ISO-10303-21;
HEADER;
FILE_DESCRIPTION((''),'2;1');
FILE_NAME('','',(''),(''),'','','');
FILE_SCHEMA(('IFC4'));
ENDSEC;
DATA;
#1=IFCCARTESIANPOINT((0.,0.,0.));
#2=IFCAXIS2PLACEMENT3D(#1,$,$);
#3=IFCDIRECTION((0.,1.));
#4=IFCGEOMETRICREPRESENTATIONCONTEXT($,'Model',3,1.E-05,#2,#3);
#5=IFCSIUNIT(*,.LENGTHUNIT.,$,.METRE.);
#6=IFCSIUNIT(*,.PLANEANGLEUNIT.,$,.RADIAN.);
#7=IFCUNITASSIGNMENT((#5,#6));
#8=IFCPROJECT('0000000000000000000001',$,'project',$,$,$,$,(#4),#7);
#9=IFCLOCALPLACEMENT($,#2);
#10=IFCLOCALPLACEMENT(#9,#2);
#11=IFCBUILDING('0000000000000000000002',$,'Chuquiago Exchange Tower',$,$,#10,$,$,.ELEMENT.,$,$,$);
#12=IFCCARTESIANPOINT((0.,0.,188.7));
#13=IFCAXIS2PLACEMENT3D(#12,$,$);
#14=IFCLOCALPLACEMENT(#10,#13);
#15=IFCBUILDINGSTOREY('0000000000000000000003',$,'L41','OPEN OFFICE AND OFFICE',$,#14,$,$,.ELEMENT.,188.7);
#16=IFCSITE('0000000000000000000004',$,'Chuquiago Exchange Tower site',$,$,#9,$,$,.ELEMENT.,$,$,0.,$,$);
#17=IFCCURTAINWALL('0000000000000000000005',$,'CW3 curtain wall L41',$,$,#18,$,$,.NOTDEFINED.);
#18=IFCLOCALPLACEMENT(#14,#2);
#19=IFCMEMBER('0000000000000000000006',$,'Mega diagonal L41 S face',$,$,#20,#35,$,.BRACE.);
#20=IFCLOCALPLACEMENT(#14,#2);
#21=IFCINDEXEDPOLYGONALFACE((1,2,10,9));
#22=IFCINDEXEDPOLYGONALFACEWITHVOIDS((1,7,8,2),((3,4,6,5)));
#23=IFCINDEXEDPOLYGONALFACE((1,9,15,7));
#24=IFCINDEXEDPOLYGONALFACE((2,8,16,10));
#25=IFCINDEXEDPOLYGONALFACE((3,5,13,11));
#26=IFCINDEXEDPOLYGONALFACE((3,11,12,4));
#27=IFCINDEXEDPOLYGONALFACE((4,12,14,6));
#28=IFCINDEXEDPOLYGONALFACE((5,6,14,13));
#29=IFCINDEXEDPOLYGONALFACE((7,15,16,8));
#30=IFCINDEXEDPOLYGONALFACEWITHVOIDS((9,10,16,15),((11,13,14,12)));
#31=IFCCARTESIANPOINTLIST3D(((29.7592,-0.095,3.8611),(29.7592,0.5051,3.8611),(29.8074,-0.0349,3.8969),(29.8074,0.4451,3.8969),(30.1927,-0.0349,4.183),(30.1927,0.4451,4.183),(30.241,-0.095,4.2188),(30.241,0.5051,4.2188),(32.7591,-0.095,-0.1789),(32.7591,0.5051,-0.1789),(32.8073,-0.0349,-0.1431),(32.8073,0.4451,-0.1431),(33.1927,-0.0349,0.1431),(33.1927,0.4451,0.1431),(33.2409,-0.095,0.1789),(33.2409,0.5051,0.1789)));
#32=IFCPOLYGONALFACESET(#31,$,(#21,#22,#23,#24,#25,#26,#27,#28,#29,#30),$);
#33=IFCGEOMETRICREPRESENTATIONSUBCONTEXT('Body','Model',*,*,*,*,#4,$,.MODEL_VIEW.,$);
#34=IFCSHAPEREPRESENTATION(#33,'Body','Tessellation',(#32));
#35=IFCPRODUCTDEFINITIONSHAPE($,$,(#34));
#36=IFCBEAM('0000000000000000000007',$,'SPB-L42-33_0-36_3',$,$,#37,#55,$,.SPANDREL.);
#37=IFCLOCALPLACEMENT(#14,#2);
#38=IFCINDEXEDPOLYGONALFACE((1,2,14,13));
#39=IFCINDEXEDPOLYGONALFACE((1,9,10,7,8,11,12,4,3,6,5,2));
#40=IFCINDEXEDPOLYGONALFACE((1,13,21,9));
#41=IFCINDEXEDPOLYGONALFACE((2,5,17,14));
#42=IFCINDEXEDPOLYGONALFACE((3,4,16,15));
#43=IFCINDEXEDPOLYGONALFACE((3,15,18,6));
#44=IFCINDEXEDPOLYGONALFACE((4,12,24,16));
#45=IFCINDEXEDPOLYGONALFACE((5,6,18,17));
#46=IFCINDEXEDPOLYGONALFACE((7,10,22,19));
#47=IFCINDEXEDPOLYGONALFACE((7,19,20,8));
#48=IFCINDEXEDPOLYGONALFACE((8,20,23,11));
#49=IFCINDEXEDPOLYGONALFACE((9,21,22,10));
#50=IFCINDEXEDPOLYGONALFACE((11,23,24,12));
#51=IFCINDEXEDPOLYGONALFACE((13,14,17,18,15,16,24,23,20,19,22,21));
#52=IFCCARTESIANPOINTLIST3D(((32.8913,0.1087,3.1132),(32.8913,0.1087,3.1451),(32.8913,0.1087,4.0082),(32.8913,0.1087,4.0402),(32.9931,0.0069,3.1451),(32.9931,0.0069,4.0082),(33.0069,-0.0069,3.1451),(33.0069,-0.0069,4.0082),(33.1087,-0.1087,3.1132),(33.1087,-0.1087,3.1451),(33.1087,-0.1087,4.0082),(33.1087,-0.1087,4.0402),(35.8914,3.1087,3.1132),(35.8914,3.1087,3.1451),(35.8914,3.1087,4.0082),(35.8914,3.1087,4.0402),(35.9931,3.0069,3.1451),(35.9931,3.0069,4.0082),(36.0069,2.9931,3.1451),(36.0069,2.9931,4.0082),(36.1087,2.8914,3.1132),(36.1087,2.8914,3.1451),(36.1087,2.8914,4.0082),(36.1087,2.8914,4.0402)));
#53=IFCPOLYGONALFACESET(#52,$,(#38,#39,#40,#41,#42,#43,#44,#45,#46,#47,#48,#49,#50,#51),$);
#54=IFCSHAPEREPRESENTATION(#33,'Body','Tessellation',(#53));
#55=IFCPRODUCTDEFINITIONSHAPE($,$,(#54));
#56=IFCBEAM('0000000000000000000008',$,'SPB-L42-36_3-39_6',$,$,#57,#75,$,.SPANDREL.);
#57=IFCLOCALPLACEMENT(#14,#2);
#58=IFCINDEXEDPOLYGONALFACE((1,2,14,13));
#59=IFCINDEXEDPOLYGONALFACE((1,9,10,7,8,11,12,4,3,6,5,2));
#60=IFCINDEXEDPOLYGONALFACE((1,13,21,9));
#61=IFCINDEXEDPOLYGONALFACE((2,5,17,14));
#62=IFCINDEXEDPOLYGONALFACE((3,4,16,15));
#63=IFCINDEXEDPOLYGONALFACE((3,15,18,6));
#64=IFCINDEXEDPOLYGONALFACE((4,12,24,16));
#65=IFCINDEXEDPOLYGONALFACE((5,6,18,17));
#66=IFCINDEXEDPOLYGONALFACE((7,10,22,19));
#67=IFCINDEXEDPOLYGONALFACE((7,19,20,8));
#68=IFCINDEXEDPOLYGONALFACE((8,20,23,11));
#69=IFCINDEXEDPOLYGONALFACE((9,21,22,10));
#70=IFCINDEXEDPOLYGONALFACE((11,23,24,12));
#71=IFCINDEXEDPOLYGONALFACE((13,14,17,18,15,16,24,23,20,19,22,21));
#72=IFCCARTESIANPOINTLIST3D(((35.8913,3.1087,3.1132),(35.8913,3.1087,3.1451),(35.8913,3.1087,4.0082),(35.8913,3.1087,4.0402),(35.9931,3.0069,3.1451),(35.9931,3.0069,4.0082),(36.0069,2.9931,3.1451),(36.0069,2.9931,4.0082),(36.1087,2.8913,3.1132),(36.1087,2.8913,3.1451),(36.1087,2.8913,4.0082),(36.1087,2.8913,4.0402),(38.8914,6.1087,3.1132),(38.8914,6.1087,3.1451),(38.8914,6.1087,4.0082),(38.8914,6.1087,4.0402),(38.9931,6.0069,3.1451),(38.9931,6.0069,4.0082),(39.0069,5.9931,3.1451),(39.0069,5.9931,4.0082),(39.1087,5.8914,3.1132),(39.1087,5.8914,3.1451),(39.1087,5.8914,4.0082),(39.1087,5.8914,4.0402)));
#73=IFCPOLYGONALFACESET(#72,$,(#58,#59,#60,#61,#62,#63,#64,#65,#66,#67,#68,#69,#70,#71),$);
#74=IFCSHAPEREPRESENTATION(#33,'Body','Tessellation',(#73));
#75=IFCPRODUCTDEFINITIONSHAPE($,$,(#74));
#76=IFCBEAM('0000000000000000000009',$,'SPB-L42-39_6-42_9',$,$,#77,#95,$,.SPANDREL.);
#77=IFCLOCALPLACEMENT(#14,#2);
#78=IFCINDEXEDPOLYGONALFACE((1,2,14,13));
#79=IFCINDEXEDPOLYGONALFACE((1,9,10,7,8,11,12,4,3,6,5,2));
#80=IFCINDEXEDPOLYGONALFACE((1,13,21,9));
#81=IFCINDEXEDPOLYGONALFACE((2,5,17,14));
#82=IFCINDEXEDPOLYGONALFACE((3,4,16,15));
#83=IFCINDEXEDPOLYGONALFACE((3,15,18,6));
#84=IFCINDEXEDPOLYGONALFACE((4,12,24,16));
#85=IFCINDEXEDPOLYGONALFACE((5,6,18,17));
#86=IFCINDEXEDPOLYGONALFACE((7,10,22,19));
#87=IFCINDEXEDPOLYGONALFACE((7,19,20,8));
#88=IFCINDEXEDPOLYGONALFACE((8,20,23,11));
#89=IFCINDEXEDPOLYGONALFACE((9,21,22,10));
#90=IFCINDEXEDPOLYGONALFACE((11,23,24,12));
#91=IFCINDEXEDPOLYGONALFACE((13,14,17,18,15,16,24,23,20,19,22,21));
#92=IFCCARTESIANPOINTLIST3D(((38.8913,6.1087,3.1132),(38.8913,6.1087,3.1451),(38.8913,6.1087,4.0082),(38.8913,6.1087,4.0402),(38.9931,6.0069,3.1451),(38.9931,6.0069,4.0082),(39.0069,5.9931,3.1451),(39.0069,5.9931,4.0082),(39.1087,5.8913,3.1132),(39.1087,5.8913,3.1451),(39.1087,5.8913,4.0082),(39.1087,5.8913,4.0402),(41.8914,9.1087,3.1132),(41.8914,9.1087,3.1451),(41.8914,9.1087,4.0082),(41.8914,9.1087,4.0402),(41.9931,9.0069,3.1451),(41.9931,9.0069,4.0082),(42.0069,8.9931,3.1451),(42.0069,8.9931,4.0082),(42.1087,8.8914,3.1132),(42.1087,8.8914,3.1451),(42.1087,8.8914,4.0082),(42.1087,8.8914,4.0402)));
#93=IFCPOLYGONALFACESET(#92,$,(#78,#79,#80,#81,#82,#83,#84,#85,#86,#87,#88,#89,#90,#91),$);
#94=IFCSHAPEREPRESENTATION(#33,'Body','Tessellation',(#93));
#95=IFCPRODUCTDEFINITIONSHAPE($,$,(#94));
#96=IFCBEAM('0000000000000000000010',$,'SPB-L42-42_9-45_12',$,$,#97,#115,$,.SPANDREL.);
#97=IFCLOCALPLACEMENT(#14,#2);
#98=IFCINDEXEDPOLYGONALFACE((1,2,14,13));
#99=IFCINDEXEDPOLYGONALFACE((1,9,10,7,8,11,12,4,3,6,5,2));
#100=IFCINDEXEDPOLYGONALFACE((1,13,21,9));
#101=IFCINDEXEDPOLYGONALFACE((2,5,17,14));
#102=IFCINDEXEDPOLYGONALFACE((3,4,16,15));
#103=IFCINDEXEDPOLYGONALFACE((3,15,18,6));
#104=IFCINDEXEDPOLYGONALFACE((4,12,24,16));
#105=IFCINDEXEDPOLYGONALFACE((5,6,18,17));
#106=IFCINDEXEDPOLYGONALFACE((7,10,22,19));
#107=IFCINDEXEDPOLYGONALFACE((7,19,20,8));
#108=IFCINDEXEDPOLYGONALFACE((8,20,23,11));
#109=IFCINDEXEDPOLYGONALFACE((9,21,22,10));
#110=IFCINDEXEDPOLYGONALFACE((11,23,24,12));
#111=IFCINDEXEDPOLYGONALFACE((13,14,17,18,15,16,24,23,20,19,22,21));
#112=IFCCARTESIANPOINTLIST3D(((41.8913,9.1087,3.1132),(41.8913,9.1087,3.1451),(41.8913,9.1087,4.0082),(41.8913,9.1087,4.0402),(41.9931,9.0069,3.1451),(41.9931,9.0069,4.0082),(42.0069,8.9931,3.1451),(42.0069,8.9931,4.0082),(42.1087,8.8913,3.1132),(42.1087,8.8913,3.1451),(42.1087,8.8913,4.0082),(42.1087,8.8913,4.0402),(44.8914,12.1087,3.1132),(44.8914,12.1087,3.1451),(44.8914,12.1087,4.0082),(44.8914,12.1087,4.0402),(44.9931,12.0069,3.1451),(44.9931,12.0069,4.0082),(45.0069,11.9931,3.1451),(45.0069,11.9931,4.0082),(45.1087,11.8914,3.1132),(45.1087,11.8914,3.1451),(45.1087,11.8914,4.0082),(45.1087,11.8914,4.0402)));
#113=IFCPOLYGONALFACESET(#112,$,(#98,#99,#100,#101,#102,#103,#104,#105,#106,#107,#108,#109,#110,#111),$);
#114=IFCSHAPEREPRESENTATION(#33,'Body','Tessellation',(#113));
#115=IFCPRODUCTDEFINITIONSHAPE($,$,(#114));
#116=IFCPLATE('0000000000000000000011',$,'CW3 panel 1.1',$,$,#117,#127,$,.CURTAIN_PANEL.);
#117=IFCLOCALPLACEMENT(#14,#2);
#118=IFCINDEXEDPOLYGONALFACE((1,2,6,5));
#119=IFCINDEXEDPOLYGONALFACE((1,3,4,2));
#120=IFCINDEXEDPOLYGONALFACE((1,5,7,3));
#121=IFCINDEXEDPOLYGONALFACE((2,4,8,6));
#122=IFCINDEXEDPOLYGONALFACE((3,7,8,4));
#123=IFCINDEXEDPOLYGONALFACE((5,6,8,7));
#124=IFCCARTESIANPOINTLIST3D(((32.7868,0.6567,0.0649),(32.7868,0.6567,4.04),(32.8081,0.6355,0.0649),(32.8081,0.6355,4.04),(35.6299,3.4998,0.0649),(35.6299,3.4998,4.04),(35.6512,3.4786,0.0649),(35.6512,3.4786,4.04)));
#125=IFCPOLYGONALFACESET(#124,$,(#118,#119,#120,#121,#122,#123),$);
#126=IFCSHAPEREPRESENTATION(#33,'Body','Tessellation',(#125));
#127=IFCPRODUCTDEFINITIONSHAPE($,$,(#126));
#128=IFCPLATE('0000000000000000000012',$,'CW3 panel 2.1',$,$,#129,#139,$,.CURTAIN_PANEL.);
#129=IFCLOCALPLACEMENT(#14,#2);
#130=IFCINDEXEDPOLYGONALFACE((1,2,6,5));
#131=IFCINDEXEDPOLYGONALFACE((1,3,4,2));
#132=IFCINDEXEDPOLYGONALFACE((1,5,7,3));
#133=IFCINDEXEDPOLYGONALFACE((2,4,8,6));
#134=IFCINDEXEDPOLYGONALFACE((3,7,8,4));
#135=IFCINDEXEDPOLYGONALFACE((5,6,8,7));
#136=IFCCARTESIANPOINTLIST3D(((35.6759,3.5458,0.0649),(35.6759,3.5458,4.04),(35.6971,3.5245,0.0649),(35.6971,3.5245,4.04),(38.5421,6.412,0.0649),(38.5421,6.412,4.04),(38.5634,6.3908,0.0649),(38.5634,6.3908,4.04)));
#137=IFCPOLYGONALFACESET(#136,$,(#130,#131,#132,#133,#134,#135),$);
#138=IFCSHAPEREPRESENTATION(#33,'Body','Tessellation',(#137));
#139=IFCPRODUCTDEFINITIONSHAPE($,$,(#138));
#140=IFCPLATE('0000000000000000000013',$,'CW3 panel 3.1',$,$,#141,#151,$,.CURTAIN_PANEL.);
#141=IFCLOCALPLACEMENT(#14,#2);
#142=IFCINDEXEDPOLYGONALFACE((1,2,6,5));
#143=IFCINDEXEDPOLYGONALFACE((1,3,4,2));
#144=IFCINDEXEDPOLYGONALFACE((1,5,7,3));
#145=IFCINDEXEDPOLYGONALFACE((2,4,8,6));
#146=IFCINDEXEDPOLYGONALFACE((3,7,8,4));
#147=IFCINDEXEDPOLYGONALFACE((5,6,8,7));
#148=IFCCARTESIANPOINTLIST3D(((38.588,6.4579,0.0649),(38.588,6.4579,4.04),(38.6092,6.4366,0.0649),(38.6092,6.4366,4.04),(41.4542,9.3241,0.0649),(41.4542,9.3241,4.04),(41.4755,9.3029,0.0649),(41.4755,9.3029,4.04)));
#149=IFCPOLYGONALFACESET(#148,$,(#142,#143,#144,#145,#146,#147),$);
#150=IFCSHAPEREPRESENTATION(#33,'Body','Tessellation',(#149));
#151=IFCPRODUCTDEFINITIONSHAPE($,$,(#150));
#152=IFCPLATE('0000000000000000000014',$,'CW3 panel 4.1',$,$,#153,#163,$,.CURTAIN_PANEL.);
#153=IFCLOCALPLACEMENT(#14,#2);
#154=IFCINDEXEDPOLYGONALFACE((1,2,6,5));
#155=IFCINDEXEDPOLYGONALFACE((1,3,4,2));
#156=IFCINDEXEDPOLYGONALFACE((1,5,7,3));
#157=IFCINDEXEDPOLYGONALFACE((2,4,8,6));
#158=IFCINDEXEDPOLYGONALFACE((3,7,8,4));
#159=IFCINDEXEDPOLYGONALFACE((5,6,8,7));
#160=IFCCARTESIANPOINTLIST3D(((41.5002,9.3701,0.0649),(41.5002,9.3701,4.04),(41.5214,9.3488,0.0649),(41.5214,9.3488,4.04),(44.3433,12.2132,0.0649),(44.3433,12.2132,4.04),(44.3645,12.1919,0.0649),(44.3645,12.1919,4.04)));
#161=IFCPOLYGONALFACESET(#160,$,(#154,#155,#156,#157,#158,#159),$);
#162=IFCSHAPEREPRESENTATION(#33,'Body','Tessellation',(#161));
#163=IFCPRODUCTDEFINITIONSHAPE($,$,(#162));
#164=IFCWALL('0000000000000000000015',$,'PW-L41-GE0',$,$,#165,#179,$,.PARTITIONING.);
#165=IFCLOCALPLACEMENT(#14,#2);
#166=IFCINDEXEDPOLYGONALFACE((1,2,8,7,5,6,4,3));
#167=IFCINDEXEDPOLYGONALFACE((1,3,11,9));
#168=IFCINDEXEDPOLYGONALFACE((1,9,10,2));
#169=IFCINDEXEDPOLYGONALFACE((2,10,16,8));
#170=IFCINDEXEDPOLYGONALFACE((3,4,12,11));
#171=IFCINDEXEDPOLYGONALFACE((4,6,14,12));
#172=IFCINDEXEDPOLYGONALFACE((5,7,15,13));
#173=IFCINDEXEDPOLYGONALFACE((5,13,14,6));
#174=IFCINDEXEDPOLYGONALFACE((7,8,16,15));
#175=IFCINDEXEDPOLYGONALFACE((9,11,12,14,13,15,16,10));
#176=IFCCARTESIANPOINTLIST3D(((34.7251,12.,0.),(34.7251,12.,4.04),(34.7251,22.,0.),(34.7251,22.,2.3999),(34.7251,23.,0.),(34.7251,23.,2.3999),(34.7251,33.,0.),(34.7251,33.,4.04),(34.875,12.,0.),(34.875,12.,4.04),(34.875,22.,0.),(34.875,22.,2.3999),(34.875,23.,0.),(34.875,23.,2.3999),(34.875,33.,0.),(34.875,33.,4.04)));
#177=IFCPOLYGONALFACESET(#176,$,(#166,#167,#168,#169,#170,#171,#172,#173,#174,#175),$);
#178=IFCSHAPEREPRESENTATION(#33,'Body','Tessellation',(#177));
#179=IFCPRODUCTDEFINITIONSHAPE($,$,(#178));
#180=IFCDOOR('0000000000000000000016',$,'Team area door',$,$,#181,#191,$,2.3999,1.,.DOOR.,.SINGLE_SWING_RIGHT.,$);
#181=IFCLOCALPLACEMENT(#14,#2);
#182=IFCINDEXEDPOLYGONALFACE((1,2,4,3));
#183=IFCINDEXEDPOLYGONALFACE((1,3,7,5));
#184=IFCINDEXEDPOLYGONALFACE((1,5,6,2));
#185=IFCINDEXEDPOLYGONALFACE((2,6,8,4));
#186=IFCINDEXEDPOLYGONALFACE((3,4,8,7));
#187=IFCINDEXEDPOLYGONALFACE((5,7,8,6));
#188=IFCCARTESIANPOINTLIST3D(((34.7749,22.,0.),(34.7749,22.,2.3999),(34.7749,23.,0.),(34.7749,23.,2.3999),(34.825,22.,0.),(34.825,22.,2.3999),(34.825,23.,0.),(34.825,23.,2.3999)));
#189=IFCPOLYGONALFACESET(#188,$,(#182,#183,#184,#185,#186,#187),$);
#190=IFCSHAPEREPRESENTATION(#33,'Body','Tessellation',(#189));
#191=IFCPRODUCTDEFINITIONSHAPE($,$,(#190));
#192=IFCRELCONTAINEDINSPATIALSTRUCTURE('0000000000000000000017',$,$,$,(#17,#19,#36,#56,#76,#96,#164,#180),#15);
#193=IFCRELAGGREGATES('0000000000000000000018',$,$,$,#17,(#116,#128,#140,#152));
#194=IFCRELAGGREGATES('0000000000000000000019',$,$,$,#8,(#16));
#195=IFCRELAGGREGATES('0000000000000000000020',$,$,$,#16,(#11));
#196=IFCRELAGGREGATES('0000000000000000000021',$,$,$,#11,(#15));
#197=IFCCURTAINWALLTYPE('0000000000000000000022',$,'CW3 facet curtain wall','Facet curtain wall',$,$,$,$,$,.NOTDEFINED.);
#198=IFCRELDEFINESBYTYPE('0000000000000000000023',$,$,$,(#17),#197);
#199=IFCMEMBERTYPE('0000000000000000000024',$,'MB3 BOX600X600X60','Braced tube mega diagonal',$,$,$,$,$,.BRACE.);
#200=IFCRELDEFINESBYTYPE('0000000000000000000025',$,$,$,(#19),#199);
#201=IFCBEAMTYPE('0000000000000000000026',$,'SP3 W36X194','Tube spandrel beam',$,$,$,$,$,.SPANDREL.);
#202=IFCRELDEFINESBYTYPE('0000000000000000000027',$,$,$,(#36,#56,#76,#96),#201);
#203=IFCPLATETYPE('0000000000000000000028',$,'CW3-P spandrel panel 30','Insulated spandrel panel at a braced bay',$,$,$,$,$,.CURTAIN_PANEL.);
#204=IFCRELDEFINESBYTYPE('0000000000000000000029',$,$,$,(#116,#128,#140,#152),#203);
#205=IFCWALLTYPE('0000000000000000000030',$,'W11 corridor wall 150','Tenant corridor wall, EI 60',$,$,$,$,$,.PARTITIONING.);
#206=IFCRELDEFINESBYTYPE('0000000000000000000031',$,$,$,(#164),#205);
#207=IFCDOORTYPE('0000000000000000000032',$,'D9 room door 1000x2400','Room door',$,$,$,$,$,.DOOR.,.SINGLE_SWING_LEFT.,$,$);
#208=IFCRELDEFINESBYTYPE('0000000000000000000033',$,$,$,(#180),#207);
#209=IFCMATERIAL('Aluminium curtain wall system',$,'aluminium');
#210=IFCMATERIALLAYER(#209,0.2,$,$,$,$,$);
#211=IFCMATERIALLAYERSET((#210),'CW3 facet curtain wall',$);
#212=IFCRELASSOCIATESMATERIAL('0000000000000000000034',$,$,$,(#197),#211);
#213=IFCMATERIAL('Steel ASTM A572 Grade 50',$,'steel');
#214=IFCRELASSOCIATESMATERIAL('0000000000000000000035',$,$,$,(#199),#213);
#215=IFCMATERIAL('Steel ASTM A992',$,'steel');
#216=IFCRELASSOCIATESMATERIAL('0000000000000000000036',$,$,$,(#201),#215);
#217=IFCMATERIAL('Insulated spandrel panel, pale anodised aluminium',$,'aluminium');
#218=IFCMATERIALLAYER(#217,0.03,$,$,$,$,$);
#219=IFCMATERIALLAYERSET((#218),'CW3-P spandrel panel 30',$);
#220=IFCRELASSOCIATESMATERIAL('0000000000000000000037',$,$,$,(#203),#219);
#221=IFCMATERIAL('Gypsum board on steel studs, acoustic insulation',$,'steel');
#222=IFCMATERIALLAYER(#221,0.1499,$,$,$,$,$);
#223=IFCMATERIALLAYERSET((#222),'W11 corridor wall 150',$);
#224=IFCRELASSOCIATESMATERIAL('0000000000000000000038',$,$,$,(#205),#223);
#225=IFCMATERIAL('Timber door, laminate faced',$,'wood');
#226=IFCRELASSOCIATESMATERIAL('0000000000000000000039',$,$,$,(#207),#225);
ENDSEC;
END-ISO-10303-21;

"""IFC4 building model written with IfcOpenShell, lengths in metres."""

from ifc_helpers import new_model, si_unit, direction, frame, frame_2d, origin, origin_2d, place, context, subcontext, project, spatial, rectangle, hollow_rectangle, i_section, extrude, material, layer, layer_set, material_profile, profile_set, type_object, element, fill, aggregate, save


model = new_model("IFC4")

# Units and contexts
model_context = context("Model", 3, precision=1e-05, world=origin(), true_north=direction((0.0, 1.0)))
body_context = subcontext(model_context, "Body", "Model", "MODEL_VIEW")
ifc_project = project(units=[si_unit("LENGTHUNIT", "METRE"), si_unit("PLANEANGLEUNIT", "RADIAN")], contexts=[model_context])

# Site, building, storey
site_placement = place(None, origin())
site = spatial("IfcSite", under=ifc_project, at=site_placement, Name="Chuquiago Exchange Tower site", CompositionType="ELEMENT", RefElevation=0.0)
building_placement = place(site_placement, origin())
building = spatial("IfcBuilding", under=site, at=building_placement, Name="Chuquiago Exchange Tower", CompositionType="ELEMENT")
storey_placement = place(building_placement, frame((0.0, 0.0, 188.7)))
storey = spatial("IfcBuildingStorey", under=building, at=storey_placement, Name="L41", Description="OPEN OFFICE AND OFFICE", CompositionType="ELEMENT", Elevation=188.7)

# Curtain wall
ifc_material_1 = material(Name="Aluminium curtain wall system", Category="aluminium")
ifc_layer_1 = layer(ifc_material_1, 0.2)
ifc_layer_set_1 = layer_set([ifc_layer_1], Name="CW3 facet curtain wall")
curtain_wall_type = type_object("IfcCurtainWallType", Name="CW3 facet curtain wall", Description="Facet curtain wall", PredefinedType="NOTDEFINED", material=ifc_layer_set_1)
curtain_wall_placement = place(storey_placement, origin())
curtain_wall = element("IfcCurtainWall", 1, at=curtain_wall_placement, inside=storey, type_object=curtain_wall_type, Name="CW3 curtain wall L41", PredefinedType="NOTDEFINED")

# Member
ifc_material_2 = material(Name="Steel ASTM A572 Grade 50", Category="steel")
ifc_material_profile_1 = material_profile(ifc_material_2, hollow_rectangle(XDim=0.6001, YDim=0.6001, WallThickness=0.0601, at=origin_2d()), Name="BOX600X600X60")
ifc_profile_set_1 = profile_set([ifc_material_profile_1], Name="Steel ASTM A572 Grade 50")
member_type_1 = type_object("IfcMemberType", Name="MB3 BOX600X600X60", Description="Braced tube mega diagonal", PredefinedType="BRACE", material=ifc_profile_set_1)
member_1_placement = place(storey_placement, frame((33.0, 0.2051, 0.0), z_axis=(-0.596174, 0.0, 0.802855), x_axis=(0.0, -1.0, 0.0)))
element("IfcMember", 2, at=member_1_placement, inside=storey, type_object=member_type_1, Name="Mega diagonal L41 S face", PredefinedType="BRACE", context=body_context, shape_type="SweptSolid", body=[
    extrude(hollow_rectangle(XDim=0.6001, YDim=0.6001, WallThickness=0.0601, at=origin_2d()), origin(), (0.0, 0.0, 1.0), 5.032),
])

# Beams
ifc_material_3 = material(Name="Steel ASTM A992", Category="steel")
ifc_material_profile_2 = material_profile(ifc_material_3, i_section(OverallWidth=0.3074, OverallDepth=0.927, WebThickness=0.0195, FlangeThickness=0.032, at=origin_2d()), Name="W36X194")
ifc_profile_set_2 = profile_set([ifc_material_profile_2], Name="Steel ASTM A992")
beam_type_1 = type_object("IfcBeamType", Name="SP3 W36X194", Description="Tube spandrel beam", PredefinedType="SPANDREL", material=ifc_profile_set_2)
for number, where, z_axis, x_axis, name in (
    (3, (33.0, 0.0, 3.5767), (0.707107, 0.707107, 0.0), (-0.707107, 0.707107, 0.0), "SPB-L42-33_0-36_3"),
    (4, (36.0, 3.0, 3.5767), (0.707107, 0.707107, 0.0), (-0.707107, 0.707107, 0.0), "SPB-L42-36_3-39_6"),
    (5, (39.0, 6.0, 3.5767), (0.707107, 0.707107, 0.0), (-0.707107, 0.707107, 0.0), "SPB-L42-39_6-42_9"),
    (6, (42.0, 9.0, 3.5767), (0.707107, 0.707107, 0.0), (-0.707107, 0.707107, 0.0), "SPB-L42-42_9-45_12"),
):
    element("IfcBeam", number, at=place(storey_placement, frame(where, z_axis=z_axis, x_axis=x_axis)), inside=storey, type_object=beam_type_1, Name=name, PredefinedType="SPANDREL", context=body_context, shape_type="SweptSolid", body=[
        extrude(i_section(OverallWidth=0.3074, OverallDepth=0.927, WebThickness=0.0195, FlangeThickness=0.032, at=origin_2d()), origin(), (0.0, 0.0, 1.0), 4.2427),
    ])

# Plates
ifc_material_4 = material(Name="Insulated spandrel panel, pale anodised aluminium", Category="aluminium")
ifc_layer_2 = layer(ifc_material_4, 0.03)
ifc_layer_set_2 = layer_set([ifc_layer_2], Name="CW3-P spandrel panel 30")
plate_type = type_object("IfcPlateType", Name="CW3-P spandrel panel 30", Description="Insulated spandrel panel at a braced bay", PredefinedType="CURTAIN_PANEL", material=ifc_layer_set_2)
plate_1_placement = place(storey_placement, frame((34.219, 2.0676, 0.0649), z_axis=(0.0, 0.0, 1.0), x_axis=(0.707107, 0.707107, 0.0)))
plate_1 = element("IfcPlate", 7, at=plate_1_placement, type_object=plate_type, Name="CW3 panel 1.1", PredefinedType="CURTAIN_PANEL", context=body_context, shape_type="SweptSolid", body=[
    extrude(rectangle(XDim=4.0208, YDim=0.03, at=origin_2d()), origin(), (0.0, 0.0, 1.0), 3.9751),
])
plate_2_placement = place(storey_placement, frame((37.1196, 4.9683, 0.0649), z_axis=(0.0, 0.0, 1.0), x_axis=(0.707107, 0.707107, 0.0)))
plate_2 = element("IfcPlate", 8, at=plate_2_placement, type_object=plate_type, Name="CW3 panel 2.1", PredefinedType="CURTAIN_PANEL", context=body_context, shape_type="SweptSolid", body=[
    extrude(rectangle(XDim=4.0535, YDim=0.03, at=origin_2d()), origin(), (0.0, 0.0, 1.0), 3.9751),
])
plate_3_placement = place(storey_placement, frame((40.0317, 7.8804, 0.0649), z_axis=(0.0, 0.0, 1.0), x_axis=(0.707107, 0.707107, 0.0)))
plate_3 = element("IfcPlate", 9, at=plate_3_placement, type_object=plate_type, Name="CW3 panel 3.1", PredefinedType="CURTAIN_PANEL", context=body_context, shape_type="SweptSolid", body=[
    extrude(rectangle(XDim=4.0535, YDim=0.03, at=origin_2d()), origin(), (0.0, 0.0, 1.0), 3.9751),
])
plate_4_placement = place(storey_placement, frame((42.9324, 10.781, 0.0649), z_axis=(0.0, 0.0, 1.0), x_axis=(0.707107, 0.707107, 0.0)))
plate_4 = element("IfcPlate", 10, at=plate_4_placement, type_object=plate_type, Name="CW3 panel 4.1", PredefinedType="CURTAIN_PANEL", context=body_context, shape_type="SweptSolid", body=[
    extrude(rectangle(XDim=4.0208, YDim=0.03, at=origin_2d()), origin(), (0.0, 0.0, 1.0), 3.9751),
])
aggregate(curtain_wall, [plate_1, plate_2, plate_3, plate_4])

# Wall, opening, door
ifc_material_5 = material(Name="Gypsum board on steel studs, acoustic insulation", Category="steel")
ifc_layer_3 = layer(ifc_material_5, 0.1499)
ifc_layer_set_3 = layer_set([ifc_layer_3], Name="W11 corridor wall 150")
wall_type = type_object("IfcWallType", Name="W11 corridor wall 150", Description="Tenant corridor wall, EI 60", PredefinedType="PARTITIONING", material=ifc_layer_set_3)
wall_1_placement = place(storey_placement, frame((34.8, 12.0, 0.0), z_axis=(0.0, 0.0, 1.0), x_axis=(0.0, 1.0, 0.0)))
wall_1 = element("IfcWall", 11, at=wall_1_placement, inside=storey, type_object=wall_type, Name="PW-L41-GE0", PredefinedType="PARTITIONING", context=body_context, shape_type="SweptSolid", body=[
    extrude(rectangle(XDim=21.0, YDim=0.1499, at=frame_2d((10.5, 0.0))), origin(), (0.0, 0.0, 1.0), 4.04),
])
opening_placement = place(wall_1_placement, frame((10.0, 0.0, 0.0)))
opening = element("IfcOpeningElement", 12, at=opening_placement, cuts=wall_1, PredefinedType="OPENING", context=body_context, shape_type="SweptSolid", body=[
    extrude(rectangle(XDim=1.0, YDim=2.3999, at=frame_2d((0.5, 1.2))), frame((0.0, 0.085, 0.0), z_axis=(0.0, -1.0, 0.0), x_axis=(1.0, 0.0, 0.0)), (0.0, 0.0, 1.0), 0.1699),
])
ifc_material_6 = material(Name="Timber door, laminate faced", Category="wood")
door_type = type_object("IfcDoorType", Name="D9 room door 1000x2400", Description="Room door", OperationType="SINGLE_SWING_LEFT", PredefinedType="DOOR", material=ifc_material_6)
door_placement = place(opening_placement, frame((1.0, 0.0, 0.0), z_axis=(0.0, 0.0, 1.0), x_axis=(-1.0, 0.0, 0.0)))
door = element("IfcDoor", 13, at=door_placement, inside=storey, type_object=door_type, Name="Team area door", OperationType="SINGLE_SWING_RIGHT", OverallHeight=2.3999, OverallWidth=1.0, PredefinedType="DOOR", context=body_context, shape_type="SweptSolid", body=[
    extrude(rectangle(XDim=1.0, YDim=2.3999, at=frame_2d((0.5, 1.2))), frame((0.0, 0.0249, 0.0), z_axis=(0.0, -1.0, 0.0), x_axis=(1.0, 0.0, 0.0)), (0.0, 0.0, 1.0), 0.05),
])
fill(opening, door)

save(model, "model.ifc")
